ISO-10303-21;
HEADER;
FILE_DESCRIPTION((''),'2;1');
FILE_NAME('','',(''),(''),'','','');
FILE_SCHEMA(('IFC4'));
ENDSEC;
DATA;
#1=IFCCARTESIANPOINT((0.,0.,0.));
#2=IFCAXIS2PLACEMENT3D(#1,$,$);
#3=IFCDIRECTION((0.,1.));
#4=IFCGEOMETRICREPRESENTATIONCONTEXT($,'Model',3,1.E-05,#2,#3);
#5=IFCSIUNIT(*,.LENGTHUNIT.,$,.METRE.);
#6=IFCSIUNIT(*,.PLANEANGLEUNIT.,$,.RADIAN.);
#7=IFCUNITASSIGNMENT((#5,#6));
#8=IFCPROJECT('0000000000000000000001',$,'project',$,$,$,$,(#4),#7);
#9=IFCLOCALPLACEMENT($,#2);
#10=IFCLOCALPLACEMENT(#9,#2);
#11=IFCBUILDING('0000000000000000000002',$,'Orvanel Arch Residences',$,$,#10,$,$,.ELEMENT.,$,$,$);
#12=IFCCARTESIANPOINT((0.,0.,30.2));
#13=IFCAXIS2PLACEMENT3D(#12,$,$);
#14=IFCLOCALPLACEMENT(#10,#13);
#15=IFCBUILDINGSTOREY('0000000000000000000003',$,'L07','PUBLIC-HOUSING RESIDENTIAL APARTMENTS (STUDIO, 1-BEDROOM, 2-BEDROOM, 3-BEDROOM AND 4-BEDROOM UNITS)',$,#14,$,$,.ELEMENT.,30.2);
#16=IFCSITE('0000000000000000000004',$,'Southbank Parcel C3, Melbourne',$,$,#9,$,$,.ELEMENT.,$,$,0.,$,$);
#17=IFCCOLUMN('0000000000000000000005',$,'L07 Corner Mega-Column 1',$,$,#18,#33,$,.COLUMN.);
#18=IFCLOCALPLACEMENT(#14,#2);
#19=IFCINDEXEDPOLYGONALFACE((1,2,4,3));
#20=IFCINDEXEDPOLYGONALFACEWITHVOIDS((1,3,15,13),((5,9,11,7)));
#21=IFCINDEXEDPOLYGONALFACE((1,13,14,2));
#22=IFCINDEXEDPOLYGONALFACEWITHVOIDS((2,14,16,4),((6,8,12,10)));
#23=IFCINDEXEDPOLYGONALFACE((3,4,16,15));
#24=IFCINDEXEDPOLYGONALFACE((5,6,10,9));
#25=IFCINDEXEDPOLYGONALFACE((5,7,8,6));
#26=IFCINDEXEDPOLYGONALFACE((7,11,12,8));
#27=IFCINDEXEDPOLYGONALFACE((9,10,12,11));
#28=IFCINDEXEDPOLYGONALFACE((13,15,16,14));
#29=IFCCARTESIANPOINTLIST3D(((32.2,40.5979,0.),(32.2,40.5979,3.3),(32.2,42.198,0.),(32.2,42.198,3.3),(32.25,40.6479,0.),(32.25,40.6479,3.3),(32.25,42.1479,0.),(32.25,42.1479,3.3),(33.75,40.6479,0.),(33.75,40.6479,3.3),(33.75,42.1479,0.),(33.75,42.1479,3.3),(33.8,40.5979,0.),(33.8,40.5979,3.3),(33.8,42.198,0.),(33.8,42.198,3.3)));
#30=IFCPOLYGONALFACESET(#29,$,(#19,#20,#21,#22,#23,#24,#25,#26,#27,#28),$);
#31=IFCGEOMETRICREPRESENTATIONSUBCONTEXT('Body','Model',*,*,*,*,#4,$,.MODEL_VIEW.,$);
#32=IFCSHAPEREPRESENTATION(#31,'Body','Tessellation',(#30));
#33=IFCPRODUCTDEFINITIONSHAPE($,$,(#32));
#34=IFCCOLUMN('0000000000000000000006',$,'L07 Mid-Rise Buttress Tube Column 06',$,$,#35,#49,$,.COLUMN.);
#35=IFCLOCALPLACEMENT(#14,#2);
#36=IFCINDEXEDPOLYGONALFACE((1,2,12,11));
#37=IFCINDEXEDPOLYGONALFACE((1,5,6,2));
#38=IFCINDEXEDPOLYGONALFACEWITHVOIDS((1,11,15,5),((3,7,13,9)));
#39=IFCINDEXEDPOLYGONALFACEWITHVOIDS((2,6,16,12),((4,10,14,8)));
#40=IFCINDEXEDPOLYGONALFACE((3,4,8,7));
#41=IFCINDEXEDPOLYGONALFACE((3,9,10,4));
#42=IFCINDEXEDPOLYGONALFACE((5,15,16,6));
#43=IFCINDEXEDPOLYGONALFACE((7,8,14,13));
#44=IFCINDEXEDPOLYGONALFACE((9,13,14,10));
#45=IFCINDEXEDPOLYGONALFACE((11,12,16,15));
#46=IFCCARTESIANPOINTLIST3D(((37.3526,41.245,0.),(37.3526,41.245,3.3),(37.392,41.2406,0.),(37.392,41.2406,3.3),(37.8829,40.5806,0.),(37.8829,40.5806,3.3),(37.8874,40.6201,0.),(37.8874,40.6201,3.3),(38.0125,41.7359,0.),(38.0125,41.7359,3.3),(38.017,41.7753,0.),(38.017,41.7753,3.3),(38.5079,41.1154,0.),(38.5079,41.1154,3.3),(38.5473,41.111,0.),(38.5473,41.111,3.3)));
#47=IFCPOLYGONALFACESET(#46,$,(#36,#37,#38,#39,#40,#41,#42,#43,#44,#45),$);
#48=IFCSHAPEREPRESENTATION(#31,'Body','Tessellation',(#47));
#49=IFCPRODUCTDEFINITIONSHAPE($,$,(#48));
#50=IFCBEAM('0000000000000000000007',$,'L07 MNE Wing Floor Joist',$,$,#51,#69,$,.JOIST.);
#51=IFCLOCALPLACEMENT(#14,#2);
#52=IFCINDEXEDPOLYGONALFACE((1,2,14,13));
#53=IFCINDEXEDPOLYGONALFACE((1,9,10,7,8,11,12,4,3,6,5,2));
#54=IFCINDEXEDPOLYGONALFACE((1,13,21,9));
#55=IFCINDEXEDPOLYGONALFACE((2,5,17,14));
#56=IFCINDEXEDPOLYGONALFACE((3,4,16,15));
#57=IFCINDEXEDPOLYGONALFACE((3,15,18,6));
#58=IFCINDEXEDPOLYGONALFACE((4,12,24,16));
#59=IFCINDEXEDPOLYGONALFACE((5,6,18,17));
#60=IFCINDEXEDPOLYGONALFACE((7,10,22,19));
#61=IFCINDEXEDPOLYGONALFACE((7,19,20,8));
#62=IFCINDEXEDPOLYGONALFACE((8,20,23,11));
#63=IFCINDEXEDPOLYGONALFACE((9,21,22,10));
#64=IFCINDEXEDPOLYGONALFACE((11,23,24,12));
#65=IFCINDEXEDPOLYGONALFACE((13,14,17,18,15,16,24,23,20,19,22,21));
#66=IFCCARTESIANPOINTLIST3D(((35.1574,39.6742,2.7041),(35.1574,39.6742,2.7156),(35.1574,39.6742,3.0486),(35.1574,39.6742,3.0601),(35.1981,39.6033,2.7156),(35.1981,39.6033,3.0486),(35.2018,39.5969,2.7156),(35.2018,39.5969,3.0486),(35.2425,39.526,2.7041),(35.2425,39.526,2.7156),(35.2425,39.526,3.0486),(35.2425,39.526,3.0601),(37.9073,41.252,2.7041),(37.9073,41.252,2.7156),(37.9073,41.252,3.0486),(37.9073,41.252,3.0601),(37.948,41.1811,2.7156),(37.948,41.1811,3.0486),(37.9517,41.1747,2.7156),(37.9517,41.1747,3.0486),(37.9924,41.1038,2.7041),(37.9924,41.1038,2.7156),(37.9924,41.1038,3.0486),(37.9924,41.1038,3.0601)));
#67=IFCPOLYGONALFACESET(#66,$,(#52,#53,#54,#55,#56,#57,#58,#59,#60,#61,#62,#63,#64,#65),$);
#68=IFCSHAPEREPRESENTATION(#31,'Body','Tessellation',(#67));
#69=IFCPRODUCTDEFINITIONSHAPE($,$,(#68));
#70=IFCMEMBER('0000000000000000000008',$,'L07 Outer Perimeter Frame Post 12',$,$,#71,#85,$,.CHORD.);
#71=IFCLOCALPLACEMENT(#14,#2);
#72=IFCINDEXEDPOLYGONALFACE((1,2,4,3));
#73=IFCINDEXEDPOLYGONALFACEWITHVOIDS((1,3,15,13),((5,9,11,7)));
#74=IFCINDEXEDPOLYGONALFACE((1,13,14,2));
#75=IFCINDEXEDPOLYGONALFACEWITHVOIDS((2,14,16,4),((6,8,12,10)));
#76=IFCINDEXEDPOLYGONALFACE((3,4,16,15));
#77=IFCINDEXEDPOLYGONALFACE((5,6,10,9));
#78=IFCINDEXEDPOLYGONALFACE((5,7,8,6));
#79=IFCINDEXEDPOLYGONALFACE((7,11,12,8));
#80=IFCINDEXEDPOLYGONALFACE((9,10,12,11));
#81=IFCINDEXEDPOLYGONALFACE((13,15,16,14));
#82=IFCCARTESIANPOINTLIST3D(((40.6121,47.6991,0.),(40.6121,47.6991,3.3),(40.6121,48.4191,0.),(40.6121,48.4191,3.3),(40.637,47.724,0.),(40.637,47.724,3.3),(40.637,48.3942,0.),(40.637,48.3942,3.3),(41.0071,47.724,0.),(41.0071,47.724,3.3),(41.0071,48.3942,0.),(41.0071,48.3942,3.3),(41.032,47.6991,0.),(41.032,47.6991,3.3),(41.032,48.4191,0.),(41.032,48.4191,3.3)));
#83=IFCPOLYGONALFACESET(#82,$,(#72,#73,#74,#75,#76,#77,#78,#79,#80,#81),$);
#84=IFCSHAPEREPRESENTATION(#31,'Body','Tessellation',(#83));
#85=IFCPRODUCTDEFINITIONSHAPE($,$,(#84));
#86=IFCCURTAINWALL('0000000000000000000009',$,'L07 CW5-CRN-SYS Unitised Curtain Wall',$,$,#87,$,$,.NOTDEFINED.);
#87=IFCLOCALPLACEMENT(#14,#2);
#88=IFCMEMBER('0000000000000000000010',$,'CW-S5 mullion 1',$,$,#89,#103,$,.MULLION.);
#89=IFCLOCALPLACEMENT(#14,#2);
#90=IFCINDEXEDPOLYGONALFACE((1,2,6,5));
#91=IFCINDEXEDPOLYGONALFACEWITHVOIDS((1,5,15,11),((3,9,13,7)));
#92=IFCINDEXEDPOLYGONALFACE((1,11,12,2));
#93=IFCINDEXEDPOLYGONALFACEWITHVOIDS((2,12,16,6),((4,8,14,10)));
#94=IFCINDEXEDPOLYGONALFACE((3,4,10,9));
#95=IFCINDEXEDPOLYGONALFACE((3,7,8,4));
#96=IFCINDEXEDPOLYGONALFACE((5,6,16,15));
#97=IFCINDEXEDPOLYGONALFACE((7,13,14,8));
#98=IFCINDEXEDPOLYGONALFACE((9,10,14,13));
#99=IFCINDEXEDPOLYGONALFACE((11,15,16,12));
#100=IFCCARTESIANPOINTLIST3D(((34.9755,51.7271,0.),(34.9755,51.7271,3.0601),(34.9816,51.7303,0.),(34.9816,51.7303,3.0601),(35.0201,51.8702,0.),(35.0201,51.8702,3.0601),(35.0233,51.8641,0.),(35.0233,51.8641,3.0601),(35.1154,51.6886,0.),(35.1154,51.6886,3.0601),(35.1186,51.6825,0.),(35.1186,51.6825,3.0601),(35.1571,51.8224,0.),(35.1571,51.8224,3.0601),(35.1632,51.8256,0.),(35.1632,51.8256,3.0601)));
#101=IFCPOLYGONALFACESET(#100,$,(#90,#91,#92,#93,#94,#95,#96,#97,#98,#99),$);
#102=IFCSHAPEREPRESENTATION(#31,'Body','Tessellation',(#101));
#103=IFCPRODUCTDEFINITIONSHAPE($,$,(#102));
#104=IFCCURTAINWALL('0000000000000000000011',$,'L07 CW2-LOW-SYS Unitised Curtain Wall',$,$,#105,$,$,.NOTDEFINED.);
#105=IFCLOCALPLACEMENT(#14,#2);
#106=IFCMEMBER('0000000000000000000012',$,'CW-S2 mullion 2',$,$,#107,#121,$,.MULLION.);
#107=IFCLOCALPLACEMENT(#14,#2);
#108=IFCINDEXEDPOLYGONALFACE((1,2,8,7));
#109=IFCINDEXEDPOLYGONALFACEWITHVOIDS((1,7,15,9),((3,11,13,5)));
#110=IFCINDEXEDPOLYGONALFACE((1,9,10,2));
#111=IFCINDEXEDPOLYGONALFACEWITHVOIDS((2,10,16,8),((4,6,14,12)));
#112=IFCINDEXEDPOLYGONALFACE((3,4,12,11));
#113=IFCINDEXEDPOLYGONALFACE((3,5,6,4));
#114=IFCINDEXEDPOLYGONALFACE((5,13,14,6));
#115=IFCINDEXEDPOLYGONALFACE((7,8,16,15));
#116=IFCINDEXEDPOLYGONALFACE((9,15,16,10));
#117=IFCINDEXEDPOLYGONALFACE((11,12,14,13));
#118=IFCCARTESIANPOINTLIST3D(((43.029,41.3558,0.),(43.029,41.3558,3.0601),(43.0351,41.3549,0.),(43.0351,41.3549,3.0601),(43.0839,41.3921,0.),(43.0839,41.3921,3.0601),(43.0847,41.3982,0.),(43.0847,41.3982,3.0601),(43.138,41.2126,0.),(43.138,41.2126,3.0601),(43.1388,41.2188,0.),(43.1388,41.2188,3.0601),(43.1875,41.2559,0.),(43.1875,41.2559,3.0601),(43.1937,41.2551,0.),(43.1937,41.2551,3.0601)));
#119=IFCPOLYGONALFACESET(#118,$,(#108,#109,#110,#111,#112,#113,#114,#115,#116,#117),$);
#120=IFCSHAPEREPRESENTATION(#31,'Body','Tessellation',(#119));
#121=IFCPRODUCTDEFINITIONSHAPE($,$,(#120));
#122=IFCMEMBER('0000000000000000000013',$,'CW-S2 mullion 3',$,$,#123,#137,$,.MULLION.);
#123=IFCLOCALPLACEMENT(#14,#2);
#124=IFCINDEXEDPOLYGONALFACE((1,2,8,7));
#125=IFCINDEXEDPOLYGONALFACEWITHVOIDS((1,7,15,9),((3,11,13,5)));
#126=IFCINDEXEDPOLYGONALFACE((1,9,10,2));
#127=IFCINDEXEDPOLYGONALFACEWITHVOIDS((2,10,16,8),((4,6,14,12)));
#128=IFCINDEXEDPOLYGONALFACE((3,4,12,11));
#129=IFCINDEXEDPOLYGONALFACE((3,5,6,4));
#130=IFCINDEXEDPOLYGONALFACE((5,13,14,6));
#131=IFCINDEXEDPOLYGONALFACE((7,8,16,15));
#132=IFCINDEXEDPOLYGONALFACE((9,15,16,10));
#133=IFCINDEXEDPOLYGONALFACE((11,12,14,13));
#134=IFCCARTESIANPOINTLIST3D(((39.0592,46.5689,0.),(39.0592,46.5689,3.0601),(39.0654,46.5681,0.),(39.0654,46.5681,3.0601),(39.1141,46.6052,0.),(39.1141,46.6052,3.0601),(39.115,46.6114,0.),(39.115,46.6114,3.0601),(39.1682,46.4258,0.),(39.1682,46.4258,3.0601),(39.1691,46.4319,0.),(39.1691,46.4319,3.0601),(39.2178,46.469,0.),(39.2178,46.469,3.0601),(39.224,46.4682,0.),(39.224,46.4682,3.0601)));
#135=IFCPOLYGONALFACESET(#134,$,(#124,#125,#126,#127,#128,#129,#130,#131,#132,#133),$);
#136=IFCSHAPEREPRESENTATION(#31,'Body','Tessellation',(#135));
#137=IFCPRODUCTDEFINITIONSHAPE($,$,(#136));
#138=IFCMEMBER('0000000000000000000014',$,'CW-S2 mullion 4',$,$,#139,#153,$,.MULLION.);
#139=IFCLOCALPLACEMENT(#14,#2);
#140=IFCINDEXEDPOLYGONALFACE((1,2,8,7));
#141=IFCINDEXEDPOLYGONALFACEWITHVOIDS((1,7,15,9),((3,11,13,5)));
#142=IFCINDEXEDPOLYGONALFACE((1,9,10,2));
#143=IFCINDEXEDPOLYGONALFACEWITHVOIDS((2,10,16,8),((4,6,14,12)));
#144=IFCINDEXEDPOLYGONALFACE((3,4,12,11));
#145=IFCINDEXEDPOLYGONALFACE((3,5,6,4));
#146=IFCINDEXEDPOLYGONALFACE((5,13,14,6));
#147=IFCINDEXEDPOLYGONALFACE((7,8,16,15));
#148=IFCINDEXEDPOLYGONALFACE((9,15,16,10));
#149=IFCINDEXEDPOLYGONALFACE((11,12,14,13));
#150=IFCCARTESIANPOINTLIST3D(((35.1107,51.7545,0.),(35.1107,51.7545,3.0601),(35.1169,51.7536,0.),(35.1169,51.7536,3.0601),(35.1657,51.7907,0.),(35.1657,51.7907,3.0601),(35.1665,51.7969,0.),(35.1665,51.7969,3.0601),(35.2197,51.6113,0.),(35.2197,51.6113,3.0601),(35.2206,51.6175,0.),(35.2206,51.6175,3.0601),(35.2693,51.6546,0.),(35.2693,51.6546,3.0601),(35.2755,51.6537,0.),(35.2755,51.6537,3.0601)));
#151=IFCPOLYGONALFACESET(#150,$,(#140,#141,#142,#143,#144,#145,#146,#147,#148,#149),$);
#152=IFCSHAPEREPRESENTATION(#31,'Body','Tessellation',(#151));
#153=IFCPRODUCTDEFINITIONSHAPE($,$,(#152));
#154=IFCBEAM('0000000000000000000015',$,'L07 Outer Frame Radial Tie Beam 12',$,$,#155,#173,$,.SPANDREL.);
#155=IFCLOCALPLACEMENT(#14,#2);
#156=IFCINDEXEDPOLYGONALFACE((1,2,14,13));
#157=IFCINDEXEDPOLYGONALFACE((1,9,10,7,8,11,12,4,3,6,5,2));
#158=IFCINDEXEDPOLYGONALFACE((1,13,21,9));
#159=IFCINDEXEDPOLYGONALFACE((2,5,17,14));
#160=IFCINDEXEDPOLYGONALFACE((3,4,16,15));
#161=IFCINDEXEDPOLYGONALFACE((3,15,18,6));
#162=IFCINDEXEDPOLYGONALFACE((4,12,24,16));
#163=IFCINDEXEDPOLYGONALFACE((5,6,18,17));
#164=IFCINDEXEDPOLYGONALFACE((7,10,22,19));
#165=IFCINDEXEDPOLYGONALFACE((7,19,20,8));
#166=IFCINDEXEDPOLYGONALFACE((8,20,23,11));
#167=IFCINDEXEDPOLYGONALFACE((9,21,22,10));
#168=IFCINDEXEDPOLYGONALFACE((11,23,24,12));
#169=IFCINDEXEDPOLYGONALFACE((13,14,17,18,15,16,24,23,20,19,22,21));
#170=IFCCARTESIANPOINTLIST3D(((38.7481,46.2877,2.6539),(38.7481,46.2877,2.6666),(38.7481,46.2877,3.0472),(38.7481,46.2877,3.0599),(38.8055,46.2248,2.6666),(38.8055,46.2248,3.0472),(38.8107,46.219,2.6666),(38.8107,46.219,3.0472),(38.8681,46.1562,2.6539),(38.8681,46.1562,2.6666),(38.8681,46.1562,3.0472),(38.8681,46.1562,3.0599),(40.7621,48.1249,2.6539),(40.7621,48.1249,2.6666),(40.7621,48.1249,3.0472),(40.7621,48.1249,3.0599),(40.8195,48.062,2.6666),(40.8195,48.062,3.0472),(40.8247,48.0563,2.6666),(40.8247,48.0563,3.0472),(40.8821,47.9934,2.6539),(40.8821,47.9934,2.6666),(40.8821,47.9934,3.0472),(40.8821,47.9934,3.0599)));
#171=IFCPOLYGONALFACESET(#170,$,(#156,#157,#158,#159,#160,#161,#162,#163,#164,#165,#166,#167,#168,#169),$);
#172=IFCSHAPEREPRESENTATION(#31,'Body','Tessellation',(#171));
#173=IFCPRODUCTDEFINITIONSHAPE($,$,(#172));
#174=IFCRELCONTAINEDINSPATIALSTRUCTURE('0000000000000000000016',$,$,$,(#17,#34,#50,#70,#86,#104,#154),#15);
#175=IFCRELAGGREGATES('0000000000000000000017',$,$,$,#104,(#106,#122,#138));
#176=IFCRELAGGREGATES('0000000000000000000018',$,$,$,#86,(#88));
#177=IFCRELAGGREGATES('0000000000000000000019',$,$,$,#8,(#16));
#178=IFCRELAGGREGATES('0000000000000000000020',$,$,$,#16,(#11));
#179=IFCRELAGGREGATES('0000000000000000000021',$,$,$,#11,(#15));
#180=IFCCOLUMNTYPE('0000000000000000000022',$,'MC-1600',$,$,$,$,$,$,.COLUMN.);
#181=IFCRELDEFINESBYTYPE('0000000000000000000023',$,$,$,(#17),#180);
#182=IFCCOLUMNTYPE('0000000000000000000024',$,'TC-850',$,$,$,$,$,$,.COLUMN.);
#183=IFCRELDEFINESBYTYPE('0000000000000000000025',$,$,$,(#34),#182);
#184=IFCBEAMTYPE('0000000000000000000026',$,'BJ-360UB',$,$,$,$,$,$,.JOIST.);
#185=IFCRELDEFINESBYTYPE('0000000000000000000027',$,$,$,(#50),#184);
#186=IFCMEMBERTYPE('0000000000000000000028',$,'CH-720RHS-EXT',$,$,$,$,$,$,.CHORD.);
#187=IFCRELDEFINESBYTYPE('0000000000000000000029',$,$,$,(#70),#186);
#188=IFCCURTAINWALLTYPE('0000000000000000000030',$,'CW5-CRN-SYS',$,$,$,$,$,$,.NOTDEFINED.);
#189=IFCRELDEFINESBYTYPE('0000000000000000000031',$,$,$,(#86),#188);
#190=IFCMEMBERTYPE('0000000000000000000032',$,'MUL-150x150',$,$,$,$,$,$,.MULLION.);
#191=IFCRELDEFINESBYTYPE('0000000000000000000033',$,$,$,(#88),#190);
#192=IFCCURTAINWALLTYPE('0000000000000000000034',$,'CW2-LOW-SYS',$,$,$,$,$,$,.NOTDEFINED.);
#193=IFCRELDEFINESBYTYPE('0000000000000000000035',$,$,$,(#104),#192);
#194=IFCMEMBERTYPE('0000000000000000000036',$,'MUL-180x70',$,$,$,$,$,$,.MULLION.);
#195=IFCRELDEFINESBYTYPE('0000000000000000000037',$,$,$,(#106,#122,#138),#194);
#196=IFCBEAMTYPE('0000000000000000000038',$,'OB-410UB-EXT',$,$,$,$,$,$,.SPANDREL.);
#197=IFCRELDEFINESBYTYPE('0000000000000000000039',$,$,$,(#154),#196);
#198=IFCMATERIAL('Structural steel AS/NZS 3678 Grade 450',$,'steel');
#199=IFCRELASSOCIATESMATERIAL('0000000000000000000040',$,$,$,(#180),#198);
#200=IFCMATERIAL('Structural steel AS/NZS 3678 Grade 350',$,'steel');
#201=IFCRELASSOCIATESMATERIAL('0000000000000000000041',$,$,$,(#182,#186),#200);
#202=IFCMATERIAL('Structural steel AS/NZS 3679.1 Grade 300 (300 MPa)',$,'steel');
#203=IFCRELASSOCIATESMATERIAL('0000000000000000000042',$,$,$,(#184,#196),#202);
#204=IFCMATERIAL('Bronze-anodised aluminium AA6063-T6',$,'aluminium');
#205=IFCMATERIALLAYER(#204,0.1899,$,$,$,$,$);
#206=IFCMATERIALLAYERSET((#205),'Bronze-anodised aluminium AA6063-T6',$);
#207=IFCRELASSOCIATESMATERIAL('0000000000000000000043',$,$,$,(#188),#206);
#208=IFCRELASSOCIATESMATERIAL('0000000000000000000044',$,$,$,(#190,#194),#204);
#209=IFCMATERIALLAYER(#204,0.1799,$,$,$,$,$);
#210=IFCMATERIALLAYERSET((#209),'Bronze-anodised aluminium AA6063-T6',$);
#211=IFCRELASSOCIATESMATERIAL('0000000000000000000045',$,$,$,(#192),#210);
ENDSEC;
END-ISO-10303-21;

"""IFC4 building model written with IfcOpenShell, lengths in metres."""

from ifc_helpers import new_model, si_unit, direction, frame, origin, origin_2d, place, context, subcontext, project, spatial, hollow_rectangle, i_section, extrude, material, layer, layer_set, material_profile, profile_set, type_object, element, aggregate, save


model = new_model("IFC4")

# Units and contexts
model_context = context("Model", 3, precision=1e-05, world=origin(), true_north=direction((0.0, 1.0)))
body_context = subcontext(model_context, "Body", "Model", "MODEL_VIEW")
ifc_project = project(units=[si_unit("LENGTHUNIT", "METRE"), si_unit("PLANEANGLEUNIT", "RADIAN")], contexts=[model_context])

# Site, building, storey
site_placement = place(None, origin())
site = spatial("IfcSite", under=ifc_project, at=site_placement, Name="Southbank Parcel C3, Melbourne", CompositionType="ELEMENT", RefElevation=0.0)
building_placement = place(site_placement, origin())
building = spatial("IfcBuilding", under=site, at=building_placement, Name="Orvanel Arch Residences", CompositionType="ELEMENT")
storey_placement = place(building_placement, frame((0.0, 0.0, 30.2)))
storey = spatial("IfcBuildingStorey", under=building, at=storey_placement, Name="L07", Description="PUBLIC-HOUSING RESIDENTIAL APARTMENTS (STUDIO, 1-BEDROOM, 2-BEDROOM, 3-BEDROOM AND 4-BEDROOM UNITS)", CompositionType="ELEMENT", Elevation=30.2)

# Columns
ifc_material_1 = material(Name="Structural steel AS/NZS 3678 Grade 450", Category="steel")
ifc_material_profile_1 = material_profile(ifc_material_1, hollow_rectangle(XDim=1.6001, YDim=1.6001, WallThickness=0.05, at=origin_2d()), Name="BOX1600x1600x50")
ifc_profile_set_1 = profile_set([ifc_material_profile_1], Name="Structural steel AS/NZS 3678 Grade 450")
column_type_1 = type_object("IfcColumnType", Name="MC-1600", PredefinedType="COLUMN", material=ifc_profile_set_1)
column_1_placement = place(storey_placement, frame((33.0, 41.3979, 0.0), z_axis=(0.0, 0.0, 1.0), x_axis=(1.0, 0.0, 0.0)))
element("IfcColumn", 1, at=column_1_placement, inside=storey, type_object=column_type_1, Name="L07 Corner Mega-Column 1", PredefinedType="COLUMN", context=body_context, shape_type="SweptSolid", body=[
    extrude(hollow_rectangle(XDim=1.6001, YDim=1.6001, WallThickness=0.05, at=origin_2d()), origin(), (0.0, 0.0, 1.0), 3.3),
])
ifc_material_2 = material(Name="Structural steel AS/NZS 3678 Grade 350", Category="steel")
ifc_material_profile_2 = material_profile(ifc_material_2, hollow_rectangle(XDim=0.8501, YDim=0.8501, WallThickness=0.0281, at=origin_2d()), Name="BOX850x850x28")
ifc_profile_set_2 = profile_set([ifc_material_profile_2], Name="Structural steel AS/NZS 3678 Grade 350")
column_type_2 = type_object("IfcColumnType", Name="TC-850", PredefinedType="COLUMN", material=ifc_profile_set_2)
column_2_placement = place(storey_placement, frame((37.95, 41.178, 0.0), z_axis=(0.0, 0.0, 1.0), x_axis=(-0.62388, 0.78152, 0.0)))
element("IfcColumn", 2, at=column_2_placement, inside=storey, type_object=column_type_2, Name="L07 Mid-Rise Buttress Tube Column 06", PredefinedType="COLUMN", context=body_context, shape_type="SweptSolid", body=[
    extrude(hollow_rectangle(XDim=0.8501, YDim=0.8501, WallThickness=0.0281, at=origin_2d()), origin(), (0.0, 0.0, 1.0), 3.3),
])

# Beam
ifc_material_3 = material(Name="Structural steel AS/NZS 3679.1 Grade 300 (300 MPa)", Category="steel")
ifc_material_profile_3 = material_profile(ifc_material_3, i_section(OverallWidth=0.1709, OverallDepth=0.356, WebThickness=0.0073, FlangeThickness=0.0115, at=origin_2d()), Name="360UB50.7")
ifc_profile_set_3 = profile_set([ifc_material_profile_3], Name="Structural steel AS/NZS 3679.1 Grade 300 (300 MPa)")
beam_type_1 = type_object("IfcBeamType", Name="BJ-360UB", PredefinedType="JOIST", material=ifc_profile_set_3)
beam_1_placement = place(storey_placement, frame((35.2, 39.6001, 2.8821), z_axis=(0.867365, 0.497672, 0.0), x_axis=(-0.497672, 0.867365, 0.0)))
element("IfcBeam", 3, at=beam_1_placement, inside=storey, type_object=beam_type_1, Name="L07 MNE Wing Floor Joist", PredefinedType="JOIST", context=body_context, shape_type="SweptSolid", body=[
    extrude(i_section(OverallWidth=0.1709, OverallDepth=0.356, WebThickness=0.0073, FlangeThickness=0.0115, at=origin_2d()), origin(), (0.0, 0.0, 1.0), 3.1704),
])

# Member
ifc_material_profile_4 = material_profile(ifc_material_2, hollow_rectangle(XDim=0.4199, YDim=0.72, WallThickness=0.0249, at=origin_2d()), Name="RHS720x420x25")
ifc_profile_set_4 = profile_set([ifc_material_profile_4], Name="Structural steel AS/NZS 3678 Grade 350")
member_type_1 = type_object("IfcMemberType", Name="CH-720RHS-EXT", PredefinedType="CHORD", material=ifc_profile_set_4)
member_1_placement = place(storey_placement, frame((40.822, 48.0591, 0.0), z_axis=(0.0, 0.0, 1.0), x_axis=(1.0, 0.0, 0.0)))
element("IfcMember", 4, at=member_1_placement, inside=storey, type_object=member_type_1, Name="L07 Outer Perimeter Frame Post 12", PredefinedType="CHORD", context=body_context, shape_type="SweptSolid", body=[
    extrude(hollow_rectangle(XDim=0.4199, YDim=0.72, WallThickness=0.0249, at=origin_2d()), origin(), (0.0, 0.0, 1.0), 3.3),
])

# Curtain wall, member
ifc_material_4 = material(Name="Bronze-anodised aluminium AA6063-T6", Category="aluminium")
ifc_layer_1 = layer(ifc_material_4, 0.1899)
ifc_layer_set_1 = layer_set([ifc_layer_1], Name="Bronze-anodised aluminium AA6063-T6")
curtain_wall_type_1 = type_object("IfcCurtainWallType", Name="CW5-CRN-SYS", PredefinedType="NOTDEFINED", material=ifc_layer_set_1)
curtain_wall_1_placement = place(storey_placement, origin())
curtain_wall_1 = element("IfcCurtainWall", 5, at=curtain_wall_1_placement, inside=storey, type_object=curtain_wall_type_1, Name="L07 CW5-CRN-SYS Unitised Curtain Wall", PredefinedType="NOTDEFINED")
ifc_material_profile_5 = material_profile(ifc_material_4, hollow_rectangle(XDim=0.1499, YDim=0.1499, WallThickness=0.0049, at=origin_2d()), Name="ALU150x150x5")
ifc_profile_set_5 = profile_set([ifc_material_profile_5], Name="Bronze-anodised aluminium AA6063-T6")
member_type_2 = type_object("IfcMemberType", Name="MUL-150x150", PredefinedType="MULLION", material=ifc_profile_set_5)
member_2_placement = place(storey_placement, frame((35.0693, 51.7764, 0.0), z_axis=(0.0, 0.0, 1.0), x_axis=(-0.297318, -0.954778, 0.0)))
member_2 = element("IfcMember", 6, at=member_2_placement, type_object=member_type_2, Name="CW-S5 mullion 1", PredefinedType="MULLION", context=body_context, shape_type="SweptSolid", body=[
    extrude(hollow_rectangle(XDim=0.1499, YDim=0.1499, WallThickness=0.0049, at=origin_2d()), origin(), (0.0, 0.0, 1.0), 3.0601),
])

# Curtain wall, members
ifc_layer_2 = layer(ifc_material_4, 0.1799)
ifc_layer_set_2 = layer_set([ifc_layer_2], Name="Bronze-anodised aluminium AA6063-T6")
curtain_wall_type_2 = type_object("IfcCurtainWallType", Name="CW2-LOW-SYS", PredefinedType="NOTDEFINED", material=ifc_layer_set_2)
curtain_wall_2_placement = place(storey_placement, origin())
curtain_wall_2 = element("IfcCurtainWall", 7, at=curtain_wall_2_placement, inside=storey, type_object=curtain_wall_type_2, Name="L07 CW2-LOW-SYS Unitised Curtain Wall", PredefinedType="NOTDEFINED")
ifc_material_profile_6 = material_profile(ifc_material_4, hollow_rectangle(XDim=0.0701, YDim=0.1799, WallThickness=0.0044, at=origin_2d()), Name="ALU180x70x4.5")
ifc_profile_set_6 = profile_set([ifc_material_profile_6], Name="Bronze-anodised aluminium AA6063-T6")
member_type_3 = type_object("IfcMemberType", Name="MUL-180x70", PredefinedType="MULLION", material=ifc_profile_set_6)
member_3_placement = place(storey_placement, frame((43.1113, 41.3054, 0.0), z_axis=(0.0, 0.0, 1.0), x_axis=(-0.795608, -0.605812, 0.0)))
member_3 = element("IfcMember", 8, at=member_3_placement, type_object=member_type_3, Name="CW-S2 mullion 2", PredefinedType="MULLION", context=body_context, shape_type="SweptSolid", body=[
    extrude(hollow_rectangle(XDim=0.0701, YDim=0.1799, WallThickness=0.0044, at=origin_2d()), origin(), (0.0, 0.0, 1.0), 3.0601),
])
member_4_placement = place(storey_placement, frame((39.1416, 46.5186, 0.0), z_axis=(0.0, 0.0, 1.0), x_axis=(-0.795608, -0.605812, 0.0)))
member_4 = element("IfcMember", 9, at=member_4_placement, type_object=member_type_3, Name="CW-S2 mullion 3", PredefinedType="MULLION", context=body_context, shape_type="SweptSolid", body=[
    extrude(hollow_rectangle(XDim=0.0701, YDim=0.1799, WallThickness=0.0044, at=origin_2d()), origin(), (0.0, 0.0, 1.0), 3.0601),
])
member_5_placement = place(storey_placement, frame((35.1931, 51.7041, 0.0), z_axis=(0.0, 0.0, 1.0), x_axis=(-0.795608, -0.605812, 0.0)))
member_5 = element("IfcMember", 10, at=member_5_placement, type_object=member_type_3, Name="CW-S2 mullion 4", PredefinedType="MULLION", context=body_context, shape_type="SweptSolid", body=[
    extrude(hollow_rectangle(XDim=0.0701, YDim=0.1799, WallThickness=0.0044, at=origin_2d()), origin(), (0.0, 0.0, 1.0), 3.0601),
])

# Beam
ifc_material_profile_7 = material_profile(ifc_material_3, i_section(OverallWidth=0.178, OverallDepth=0.406, WebThickness=0.0078, FlangeThickness=0.0127, at=origin_2d()), Name="410UB59.7")
ifc_profile_set_7 = profile_set([ifc_material_profile_7], Name="Structural steel AS/NZS 3679.1 Grade 300 (300 MPa)")
beam_type_2 = type_object("IfcBeamType", Name="OB-410UB-EXT", PredefinedType="SPANDREL", material=ifc_profile_set_7)
beam_2_placement = place(storey_placement, frame((38.8081, 46.2219, 2.8569), z_axis=(0.738784, 0.673942, 0.0), x_axis=(-0.673942, 0.738784, 0.0)))
element("IfcBeam", 11, at=beam_2_placement, inside=storey, type_object=beam_type_2, Name="L07 Outer Frame Radial Tie Beam 12", PredefinedType="SPANDREL", context=body_context, shape_type="SweptSolid", body=[
    extrude(i_section(OverallWidth=0.178, OverallDepth=0.406, WebThickness=0.0078, FlangeThickness=0.0127, at=origin_2d()), origin(), (0.0, 0.0, 1.0), 2.7261),
])

aggregate(curtain_wall_2, [member_3, member_4, member_5])
aggregate(curtain_wall_1, [member_2])

save(model, "model.ifc")
